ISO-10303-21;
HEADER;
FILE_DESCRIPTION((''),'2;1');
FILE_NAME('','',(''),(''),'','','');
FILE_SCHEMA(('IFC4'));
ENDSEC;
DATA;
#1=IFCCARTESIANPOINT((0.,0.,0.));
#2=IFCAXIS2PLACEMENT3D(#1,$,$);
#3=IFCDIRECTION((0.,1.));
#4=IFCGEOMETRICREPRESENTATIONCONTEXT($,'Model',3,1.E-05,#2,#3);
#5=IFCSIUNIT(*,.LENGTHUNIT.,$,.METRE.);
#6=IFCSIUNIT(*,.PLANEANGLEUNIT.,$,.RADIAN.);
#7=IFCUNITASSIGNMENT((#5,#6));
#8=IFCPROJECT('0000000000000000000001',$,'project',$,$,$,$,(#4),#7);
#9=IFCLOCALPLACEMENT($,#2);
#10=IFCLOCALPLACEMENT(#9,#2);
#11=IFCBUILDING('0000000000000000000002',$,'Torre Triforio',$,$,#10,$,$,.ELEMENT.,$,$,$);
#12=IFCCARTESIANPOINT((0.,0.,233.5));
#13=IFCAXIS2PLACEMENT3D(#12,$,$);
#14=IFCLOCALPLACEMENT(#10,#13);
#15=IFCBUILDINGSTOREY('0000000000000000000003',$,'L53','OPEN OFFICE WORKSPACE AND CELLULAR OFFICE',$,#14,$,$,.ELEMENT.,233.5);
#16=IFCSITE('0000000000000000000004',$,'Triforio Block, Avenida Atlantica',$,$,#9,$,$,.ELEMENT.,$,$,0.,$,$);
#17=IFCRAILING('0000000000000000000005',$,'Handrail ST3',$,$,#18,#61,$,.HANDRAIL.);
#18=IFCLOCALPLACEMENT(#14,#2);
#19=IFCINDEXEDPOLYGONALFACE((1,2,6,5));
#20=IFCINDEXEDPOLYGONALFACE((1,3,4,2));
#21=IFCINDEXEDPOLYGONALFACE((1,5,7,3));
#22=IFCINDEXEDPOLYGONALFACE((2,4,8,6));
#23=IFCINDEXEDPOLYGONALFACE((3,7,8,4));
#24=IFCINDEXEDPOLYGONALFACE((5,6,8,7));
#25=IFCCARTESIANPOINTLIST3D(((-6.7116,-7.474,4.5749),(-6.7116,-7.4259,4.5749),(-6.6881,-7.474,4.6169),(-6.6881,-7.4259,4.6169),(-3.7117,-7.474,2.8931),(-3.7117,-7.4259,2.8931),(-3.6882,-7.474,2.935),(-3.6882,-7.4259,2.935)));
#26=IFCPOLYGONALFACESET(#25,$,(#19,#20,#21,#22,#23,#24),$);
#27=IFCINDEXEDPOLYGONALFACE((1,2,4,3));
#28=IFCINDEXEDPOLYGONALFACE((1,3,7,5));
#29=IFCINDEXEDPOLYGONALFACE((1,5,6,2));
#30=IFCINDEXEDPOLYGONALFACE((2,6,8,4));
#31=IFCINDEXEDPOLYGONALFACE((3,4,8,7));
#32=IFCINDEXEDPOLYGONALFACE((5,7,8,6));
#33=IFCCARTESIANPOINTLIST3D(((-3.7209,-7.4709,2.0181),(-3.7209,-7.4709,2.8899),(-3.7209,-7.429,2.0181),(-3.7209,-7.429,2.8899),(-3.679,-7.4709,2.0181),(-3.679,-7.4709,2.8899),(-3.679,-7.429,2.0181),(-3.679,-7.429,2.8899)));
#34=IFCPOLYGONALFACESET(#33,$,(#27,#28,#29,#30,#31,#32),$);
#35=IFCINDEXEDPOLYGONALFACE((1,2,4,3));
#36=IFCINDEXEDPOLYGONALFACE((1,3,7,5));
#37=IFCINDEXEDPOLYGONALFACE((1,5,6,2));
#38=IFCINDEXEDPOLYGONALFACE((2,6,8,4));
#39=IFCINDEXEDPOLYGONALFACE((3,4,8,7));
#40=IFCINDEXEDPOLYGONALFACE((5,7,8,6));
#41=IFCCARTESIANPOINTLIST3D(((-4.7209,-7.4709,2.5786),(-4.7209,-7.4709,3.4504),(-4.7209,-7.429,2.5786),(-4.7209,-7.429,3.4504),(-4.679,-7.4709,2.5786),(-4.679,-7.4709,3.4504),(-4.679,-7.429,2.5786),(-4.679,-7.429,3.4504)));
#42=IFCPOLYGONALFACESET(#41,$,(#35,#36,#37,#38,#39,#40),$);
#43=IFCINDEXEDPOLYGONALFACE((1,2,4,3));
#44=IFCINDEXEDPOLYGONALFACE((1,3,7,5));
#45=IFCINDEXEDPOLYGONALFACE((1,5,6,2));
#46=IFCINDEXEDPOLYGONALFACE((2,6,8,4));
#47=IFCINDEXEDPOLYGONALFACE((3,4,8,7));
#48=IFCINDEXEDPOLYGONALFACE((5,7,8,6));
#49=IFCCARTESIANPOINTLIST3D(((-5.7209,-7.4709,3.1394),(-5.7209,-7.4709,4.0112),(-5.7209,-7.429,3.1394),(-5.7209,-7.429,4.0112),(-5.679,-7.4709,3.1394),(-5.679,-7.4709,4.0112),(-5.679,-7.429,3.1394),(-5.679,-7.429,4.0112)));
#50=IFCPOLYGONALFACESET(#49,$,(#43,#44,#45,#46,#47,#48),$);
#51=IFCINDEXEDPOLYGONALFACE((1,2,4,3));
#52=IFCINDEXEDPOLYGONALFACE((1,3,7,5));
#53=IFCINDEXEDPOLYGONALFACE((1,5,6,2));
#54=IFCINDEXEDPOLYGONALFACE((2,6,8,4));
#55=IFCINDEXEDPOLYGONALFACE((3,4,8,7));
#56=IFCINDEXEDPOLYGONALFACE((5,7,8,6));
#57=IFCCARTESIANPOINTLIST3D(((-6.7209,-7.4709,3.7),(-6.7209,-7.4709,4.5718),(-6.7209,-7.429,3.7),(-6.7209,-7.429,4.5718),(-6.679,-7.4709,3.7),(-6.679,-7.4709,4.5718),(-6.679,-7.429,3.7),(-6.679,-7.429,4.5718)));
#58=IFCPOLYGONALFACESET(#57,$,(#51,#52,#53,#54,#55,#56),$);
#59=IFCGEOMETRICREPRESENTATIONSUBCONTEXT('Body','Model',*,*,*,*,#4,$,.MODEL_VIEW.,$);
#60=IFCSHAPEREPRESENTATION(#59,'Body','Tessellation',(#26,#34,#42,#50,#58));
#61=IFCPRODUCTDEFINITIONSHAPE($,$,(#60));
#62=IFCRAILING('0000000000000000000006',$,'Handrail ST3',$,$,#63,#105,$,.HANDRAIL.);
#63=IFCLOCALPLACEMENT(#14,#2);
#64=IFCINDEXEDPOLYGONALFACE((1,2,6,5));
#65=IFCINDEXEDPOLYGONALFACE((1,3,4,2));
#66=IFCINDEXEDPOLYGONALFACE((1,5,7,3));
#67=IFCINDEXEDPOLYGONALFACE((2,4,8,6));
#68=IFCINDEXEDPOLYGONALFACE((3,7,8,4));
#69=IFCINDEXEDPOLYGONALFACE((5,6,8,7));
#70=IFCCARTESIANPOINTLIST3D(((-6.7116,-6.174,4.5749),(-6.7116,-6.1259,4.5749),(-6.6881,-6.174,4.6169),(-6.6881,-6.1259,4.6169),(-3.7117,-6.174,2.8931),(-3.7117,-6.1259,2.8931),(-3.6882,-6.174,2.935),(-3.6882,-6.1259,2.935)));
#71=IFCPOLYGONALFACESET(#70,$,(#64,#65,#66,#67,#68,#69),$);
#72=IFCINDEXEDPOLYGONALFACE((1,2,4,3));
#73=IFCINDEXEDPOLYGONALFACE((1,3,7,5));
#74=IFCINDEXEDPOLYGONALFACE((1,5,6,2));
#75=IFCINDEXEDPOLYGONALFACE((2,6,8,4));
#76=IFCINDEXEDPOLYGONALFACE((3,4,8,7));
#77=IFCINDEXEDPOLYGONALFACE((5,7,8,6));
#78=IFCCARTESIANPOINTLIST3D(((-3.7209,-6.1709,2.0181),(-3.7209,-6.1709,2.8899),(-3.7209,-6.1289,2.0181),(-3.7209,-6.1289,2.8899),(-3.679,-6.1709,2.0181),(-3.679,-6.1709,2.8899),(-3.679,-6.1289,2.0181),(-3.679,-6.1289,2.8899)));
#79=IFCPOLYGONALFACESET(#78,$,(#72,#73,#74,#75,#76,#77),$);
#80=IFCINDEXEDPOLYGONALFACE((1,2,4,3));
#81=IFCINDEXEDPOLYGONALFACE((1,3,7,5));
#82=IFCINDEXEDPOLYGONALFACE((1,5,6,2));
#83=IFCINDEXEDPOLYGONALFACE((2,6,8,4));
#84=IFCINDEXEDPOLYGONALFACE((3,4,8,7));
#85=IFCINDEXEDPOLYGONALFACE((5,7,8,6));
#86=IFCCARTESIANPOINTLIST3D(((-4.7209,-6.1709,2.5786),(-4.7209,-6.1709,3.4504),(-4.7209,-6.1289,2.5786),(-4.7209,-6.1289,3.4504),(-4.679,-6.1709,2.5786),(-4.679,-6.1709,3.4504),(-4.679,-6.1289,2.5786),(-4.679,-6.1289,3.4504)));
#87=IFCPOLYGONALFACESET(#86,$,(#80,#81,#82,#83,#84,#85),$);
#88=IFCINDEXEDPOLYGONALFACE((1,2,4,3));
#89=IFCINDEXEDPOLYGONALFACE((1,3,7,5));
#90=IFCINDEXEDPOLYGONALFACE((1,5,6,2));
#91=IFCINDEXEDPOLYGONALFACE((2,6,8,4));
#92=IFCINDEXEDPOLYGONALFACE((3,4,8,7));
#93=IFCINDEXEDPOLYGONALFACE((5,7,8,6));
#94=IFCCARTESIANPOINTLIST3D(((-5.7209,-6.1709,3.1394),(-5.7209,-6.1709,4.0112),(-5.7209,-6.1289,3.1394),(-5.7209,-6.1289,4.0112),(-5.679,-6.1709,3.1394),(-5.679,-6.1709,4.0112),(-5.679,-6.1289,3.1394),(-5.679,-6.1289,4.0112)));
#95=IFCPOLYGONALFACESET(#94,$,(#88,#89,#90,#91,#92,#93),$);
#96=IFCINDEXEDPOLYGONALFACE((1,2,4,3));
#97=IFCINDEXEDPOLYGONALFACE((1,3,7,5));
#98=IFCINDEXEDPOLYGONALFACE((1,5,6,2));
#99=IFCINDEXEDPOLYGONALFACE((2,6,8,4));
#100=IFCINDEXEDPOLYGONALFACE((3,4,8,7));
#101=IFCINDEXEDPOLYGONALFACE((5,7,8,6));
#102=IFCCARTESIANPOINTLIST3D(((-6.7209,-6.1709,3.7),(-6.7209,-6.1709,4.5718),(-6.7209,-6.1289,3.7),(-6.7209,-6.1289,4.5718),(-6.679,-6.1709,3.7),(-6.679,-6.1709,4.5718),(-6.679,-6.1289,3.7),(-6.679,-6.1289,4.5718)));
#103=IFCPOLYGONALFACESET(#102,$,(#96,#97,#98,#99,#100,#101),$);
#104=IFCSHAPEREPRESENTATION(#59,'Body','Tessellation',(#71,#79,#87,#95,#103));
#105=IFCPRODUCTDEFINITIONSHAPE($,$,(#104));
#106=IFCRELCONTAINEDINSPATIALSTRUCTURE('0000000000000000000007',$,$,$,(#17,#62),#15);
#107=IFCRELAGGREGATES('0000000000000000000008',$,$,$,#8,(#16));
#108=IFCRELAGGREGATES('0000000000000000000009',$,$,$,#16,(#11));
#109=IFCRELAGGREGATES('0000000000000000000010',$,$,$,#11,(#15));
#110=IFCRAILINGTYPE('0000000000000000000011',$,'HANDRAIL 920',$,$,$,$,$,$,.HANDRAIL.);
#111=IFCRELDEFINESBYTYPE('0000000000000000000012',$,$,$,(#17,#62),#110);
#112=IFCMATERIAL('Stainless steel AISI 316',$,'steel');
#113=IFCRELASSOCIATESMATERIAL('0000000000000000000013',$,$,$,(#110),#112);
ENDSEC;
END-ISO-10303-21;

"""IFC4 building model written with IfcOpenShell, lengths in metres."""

from ifc_helpers import new_model, si_unit, direction, frame, origin, origin_2d, place, context, subcontext, project, spatial, rectangle, extrude, material, type_object, element, save


model = new_model("IFC4")

# Units and contexts
model_context = context("Model", 3, precision=1e-05, world=origin(), true_north=direction((0.0, 1.0)))
body_context = subcontext(model_context, "Body", "Model", "MODEL_VIEW")
ifc_project = project(units=[si_unit("LENGTHUNIT", "METRE"), si_unit("PLANEANGLEUNIT", "RADIAN")], contexts=[model_context])

# Site, building, storey
site_placement = place(None, origin())
site = spatial("IfcSite", under=ifc_project, at=site_placement, Name="Triforio Block, Avenida Atlantica", CompositionType="ELEMENT", RefElevation=0.0)
building_placement = place(site_placement, origin())
building = spatial("IfcBuilding", under=site, at=building_placement, Name="Torre Triforio", CompositionType="ELEMENT")
storey_placement = place(building_placement, frame((0.0, 0.0, 233.5)))
storey = spatial("IfcBuildingStorey", under=building, at=storey_placement, Name="L53", Description="OPEN OFFICE WORKSPACE AND CELLULAR OFFICE", CompositionType="ELEMENT", Elevation=233.5)

# Railings
ifc_material_1 = material(Name="Stainless steel AISI 316", Category="steel")
railing_type = type_object("IfcRailingType", Name="HANDRAIL 920", PredefinedType="HANDRAIL", material=ifc_material_1)
for number, where, name in (
    (1, (-3.7, -7.45, 2.0181), "Handrail ST3"),
    (2, (-3.7, -6.1499, 2.0181), "Handrail ST3"),
):
    element("IfcRailing", number, at=place(storey_placement, frame(where)), inside=storey, type_object=railing_type, Name=name, PredefinedType="HANDRAIL", context=body_context, shape_type="SweptSolid", body=[
        extrude(rectangle(XDim=0.0481, YDim=0.0481, at=origin_2d()), frame((0.0, 0.0, 0.896), z_axis=(-0.872272, 0.0, 0.48902), x_axis=(0.0, -1.0, 0.0)), (0.0, 0.0, 1.0), 3.4392),
        extrude(rectangle(XDim=0.042, YDim=0.042, at=origin_2d()), origin(), (0.0, 0.0, 1.0), 0.8718),
        extrude(rectangle(XDim=0.042, YDim=0.042, at=origin_2d()), frame((-1.0, 0.0, 0.5605)), (0.0, 0.0, 1.0), 0.8718),
        extrude(rectangle(XDim=0.042, YDim=0.042, at=origin_2d()), frame((-2.0, 0.0, 1.1213)), (0.0, 0.0, 1.0), 0.8718),
        extrude(rectangle(XDim=0.042, YDim=0.042, at=origin_2d()), frame((-3.0, 0.0, 1.6819)), (0.0, 0.0, 1.0), 0.8718),
    ])

save(model, "model.ifc")
